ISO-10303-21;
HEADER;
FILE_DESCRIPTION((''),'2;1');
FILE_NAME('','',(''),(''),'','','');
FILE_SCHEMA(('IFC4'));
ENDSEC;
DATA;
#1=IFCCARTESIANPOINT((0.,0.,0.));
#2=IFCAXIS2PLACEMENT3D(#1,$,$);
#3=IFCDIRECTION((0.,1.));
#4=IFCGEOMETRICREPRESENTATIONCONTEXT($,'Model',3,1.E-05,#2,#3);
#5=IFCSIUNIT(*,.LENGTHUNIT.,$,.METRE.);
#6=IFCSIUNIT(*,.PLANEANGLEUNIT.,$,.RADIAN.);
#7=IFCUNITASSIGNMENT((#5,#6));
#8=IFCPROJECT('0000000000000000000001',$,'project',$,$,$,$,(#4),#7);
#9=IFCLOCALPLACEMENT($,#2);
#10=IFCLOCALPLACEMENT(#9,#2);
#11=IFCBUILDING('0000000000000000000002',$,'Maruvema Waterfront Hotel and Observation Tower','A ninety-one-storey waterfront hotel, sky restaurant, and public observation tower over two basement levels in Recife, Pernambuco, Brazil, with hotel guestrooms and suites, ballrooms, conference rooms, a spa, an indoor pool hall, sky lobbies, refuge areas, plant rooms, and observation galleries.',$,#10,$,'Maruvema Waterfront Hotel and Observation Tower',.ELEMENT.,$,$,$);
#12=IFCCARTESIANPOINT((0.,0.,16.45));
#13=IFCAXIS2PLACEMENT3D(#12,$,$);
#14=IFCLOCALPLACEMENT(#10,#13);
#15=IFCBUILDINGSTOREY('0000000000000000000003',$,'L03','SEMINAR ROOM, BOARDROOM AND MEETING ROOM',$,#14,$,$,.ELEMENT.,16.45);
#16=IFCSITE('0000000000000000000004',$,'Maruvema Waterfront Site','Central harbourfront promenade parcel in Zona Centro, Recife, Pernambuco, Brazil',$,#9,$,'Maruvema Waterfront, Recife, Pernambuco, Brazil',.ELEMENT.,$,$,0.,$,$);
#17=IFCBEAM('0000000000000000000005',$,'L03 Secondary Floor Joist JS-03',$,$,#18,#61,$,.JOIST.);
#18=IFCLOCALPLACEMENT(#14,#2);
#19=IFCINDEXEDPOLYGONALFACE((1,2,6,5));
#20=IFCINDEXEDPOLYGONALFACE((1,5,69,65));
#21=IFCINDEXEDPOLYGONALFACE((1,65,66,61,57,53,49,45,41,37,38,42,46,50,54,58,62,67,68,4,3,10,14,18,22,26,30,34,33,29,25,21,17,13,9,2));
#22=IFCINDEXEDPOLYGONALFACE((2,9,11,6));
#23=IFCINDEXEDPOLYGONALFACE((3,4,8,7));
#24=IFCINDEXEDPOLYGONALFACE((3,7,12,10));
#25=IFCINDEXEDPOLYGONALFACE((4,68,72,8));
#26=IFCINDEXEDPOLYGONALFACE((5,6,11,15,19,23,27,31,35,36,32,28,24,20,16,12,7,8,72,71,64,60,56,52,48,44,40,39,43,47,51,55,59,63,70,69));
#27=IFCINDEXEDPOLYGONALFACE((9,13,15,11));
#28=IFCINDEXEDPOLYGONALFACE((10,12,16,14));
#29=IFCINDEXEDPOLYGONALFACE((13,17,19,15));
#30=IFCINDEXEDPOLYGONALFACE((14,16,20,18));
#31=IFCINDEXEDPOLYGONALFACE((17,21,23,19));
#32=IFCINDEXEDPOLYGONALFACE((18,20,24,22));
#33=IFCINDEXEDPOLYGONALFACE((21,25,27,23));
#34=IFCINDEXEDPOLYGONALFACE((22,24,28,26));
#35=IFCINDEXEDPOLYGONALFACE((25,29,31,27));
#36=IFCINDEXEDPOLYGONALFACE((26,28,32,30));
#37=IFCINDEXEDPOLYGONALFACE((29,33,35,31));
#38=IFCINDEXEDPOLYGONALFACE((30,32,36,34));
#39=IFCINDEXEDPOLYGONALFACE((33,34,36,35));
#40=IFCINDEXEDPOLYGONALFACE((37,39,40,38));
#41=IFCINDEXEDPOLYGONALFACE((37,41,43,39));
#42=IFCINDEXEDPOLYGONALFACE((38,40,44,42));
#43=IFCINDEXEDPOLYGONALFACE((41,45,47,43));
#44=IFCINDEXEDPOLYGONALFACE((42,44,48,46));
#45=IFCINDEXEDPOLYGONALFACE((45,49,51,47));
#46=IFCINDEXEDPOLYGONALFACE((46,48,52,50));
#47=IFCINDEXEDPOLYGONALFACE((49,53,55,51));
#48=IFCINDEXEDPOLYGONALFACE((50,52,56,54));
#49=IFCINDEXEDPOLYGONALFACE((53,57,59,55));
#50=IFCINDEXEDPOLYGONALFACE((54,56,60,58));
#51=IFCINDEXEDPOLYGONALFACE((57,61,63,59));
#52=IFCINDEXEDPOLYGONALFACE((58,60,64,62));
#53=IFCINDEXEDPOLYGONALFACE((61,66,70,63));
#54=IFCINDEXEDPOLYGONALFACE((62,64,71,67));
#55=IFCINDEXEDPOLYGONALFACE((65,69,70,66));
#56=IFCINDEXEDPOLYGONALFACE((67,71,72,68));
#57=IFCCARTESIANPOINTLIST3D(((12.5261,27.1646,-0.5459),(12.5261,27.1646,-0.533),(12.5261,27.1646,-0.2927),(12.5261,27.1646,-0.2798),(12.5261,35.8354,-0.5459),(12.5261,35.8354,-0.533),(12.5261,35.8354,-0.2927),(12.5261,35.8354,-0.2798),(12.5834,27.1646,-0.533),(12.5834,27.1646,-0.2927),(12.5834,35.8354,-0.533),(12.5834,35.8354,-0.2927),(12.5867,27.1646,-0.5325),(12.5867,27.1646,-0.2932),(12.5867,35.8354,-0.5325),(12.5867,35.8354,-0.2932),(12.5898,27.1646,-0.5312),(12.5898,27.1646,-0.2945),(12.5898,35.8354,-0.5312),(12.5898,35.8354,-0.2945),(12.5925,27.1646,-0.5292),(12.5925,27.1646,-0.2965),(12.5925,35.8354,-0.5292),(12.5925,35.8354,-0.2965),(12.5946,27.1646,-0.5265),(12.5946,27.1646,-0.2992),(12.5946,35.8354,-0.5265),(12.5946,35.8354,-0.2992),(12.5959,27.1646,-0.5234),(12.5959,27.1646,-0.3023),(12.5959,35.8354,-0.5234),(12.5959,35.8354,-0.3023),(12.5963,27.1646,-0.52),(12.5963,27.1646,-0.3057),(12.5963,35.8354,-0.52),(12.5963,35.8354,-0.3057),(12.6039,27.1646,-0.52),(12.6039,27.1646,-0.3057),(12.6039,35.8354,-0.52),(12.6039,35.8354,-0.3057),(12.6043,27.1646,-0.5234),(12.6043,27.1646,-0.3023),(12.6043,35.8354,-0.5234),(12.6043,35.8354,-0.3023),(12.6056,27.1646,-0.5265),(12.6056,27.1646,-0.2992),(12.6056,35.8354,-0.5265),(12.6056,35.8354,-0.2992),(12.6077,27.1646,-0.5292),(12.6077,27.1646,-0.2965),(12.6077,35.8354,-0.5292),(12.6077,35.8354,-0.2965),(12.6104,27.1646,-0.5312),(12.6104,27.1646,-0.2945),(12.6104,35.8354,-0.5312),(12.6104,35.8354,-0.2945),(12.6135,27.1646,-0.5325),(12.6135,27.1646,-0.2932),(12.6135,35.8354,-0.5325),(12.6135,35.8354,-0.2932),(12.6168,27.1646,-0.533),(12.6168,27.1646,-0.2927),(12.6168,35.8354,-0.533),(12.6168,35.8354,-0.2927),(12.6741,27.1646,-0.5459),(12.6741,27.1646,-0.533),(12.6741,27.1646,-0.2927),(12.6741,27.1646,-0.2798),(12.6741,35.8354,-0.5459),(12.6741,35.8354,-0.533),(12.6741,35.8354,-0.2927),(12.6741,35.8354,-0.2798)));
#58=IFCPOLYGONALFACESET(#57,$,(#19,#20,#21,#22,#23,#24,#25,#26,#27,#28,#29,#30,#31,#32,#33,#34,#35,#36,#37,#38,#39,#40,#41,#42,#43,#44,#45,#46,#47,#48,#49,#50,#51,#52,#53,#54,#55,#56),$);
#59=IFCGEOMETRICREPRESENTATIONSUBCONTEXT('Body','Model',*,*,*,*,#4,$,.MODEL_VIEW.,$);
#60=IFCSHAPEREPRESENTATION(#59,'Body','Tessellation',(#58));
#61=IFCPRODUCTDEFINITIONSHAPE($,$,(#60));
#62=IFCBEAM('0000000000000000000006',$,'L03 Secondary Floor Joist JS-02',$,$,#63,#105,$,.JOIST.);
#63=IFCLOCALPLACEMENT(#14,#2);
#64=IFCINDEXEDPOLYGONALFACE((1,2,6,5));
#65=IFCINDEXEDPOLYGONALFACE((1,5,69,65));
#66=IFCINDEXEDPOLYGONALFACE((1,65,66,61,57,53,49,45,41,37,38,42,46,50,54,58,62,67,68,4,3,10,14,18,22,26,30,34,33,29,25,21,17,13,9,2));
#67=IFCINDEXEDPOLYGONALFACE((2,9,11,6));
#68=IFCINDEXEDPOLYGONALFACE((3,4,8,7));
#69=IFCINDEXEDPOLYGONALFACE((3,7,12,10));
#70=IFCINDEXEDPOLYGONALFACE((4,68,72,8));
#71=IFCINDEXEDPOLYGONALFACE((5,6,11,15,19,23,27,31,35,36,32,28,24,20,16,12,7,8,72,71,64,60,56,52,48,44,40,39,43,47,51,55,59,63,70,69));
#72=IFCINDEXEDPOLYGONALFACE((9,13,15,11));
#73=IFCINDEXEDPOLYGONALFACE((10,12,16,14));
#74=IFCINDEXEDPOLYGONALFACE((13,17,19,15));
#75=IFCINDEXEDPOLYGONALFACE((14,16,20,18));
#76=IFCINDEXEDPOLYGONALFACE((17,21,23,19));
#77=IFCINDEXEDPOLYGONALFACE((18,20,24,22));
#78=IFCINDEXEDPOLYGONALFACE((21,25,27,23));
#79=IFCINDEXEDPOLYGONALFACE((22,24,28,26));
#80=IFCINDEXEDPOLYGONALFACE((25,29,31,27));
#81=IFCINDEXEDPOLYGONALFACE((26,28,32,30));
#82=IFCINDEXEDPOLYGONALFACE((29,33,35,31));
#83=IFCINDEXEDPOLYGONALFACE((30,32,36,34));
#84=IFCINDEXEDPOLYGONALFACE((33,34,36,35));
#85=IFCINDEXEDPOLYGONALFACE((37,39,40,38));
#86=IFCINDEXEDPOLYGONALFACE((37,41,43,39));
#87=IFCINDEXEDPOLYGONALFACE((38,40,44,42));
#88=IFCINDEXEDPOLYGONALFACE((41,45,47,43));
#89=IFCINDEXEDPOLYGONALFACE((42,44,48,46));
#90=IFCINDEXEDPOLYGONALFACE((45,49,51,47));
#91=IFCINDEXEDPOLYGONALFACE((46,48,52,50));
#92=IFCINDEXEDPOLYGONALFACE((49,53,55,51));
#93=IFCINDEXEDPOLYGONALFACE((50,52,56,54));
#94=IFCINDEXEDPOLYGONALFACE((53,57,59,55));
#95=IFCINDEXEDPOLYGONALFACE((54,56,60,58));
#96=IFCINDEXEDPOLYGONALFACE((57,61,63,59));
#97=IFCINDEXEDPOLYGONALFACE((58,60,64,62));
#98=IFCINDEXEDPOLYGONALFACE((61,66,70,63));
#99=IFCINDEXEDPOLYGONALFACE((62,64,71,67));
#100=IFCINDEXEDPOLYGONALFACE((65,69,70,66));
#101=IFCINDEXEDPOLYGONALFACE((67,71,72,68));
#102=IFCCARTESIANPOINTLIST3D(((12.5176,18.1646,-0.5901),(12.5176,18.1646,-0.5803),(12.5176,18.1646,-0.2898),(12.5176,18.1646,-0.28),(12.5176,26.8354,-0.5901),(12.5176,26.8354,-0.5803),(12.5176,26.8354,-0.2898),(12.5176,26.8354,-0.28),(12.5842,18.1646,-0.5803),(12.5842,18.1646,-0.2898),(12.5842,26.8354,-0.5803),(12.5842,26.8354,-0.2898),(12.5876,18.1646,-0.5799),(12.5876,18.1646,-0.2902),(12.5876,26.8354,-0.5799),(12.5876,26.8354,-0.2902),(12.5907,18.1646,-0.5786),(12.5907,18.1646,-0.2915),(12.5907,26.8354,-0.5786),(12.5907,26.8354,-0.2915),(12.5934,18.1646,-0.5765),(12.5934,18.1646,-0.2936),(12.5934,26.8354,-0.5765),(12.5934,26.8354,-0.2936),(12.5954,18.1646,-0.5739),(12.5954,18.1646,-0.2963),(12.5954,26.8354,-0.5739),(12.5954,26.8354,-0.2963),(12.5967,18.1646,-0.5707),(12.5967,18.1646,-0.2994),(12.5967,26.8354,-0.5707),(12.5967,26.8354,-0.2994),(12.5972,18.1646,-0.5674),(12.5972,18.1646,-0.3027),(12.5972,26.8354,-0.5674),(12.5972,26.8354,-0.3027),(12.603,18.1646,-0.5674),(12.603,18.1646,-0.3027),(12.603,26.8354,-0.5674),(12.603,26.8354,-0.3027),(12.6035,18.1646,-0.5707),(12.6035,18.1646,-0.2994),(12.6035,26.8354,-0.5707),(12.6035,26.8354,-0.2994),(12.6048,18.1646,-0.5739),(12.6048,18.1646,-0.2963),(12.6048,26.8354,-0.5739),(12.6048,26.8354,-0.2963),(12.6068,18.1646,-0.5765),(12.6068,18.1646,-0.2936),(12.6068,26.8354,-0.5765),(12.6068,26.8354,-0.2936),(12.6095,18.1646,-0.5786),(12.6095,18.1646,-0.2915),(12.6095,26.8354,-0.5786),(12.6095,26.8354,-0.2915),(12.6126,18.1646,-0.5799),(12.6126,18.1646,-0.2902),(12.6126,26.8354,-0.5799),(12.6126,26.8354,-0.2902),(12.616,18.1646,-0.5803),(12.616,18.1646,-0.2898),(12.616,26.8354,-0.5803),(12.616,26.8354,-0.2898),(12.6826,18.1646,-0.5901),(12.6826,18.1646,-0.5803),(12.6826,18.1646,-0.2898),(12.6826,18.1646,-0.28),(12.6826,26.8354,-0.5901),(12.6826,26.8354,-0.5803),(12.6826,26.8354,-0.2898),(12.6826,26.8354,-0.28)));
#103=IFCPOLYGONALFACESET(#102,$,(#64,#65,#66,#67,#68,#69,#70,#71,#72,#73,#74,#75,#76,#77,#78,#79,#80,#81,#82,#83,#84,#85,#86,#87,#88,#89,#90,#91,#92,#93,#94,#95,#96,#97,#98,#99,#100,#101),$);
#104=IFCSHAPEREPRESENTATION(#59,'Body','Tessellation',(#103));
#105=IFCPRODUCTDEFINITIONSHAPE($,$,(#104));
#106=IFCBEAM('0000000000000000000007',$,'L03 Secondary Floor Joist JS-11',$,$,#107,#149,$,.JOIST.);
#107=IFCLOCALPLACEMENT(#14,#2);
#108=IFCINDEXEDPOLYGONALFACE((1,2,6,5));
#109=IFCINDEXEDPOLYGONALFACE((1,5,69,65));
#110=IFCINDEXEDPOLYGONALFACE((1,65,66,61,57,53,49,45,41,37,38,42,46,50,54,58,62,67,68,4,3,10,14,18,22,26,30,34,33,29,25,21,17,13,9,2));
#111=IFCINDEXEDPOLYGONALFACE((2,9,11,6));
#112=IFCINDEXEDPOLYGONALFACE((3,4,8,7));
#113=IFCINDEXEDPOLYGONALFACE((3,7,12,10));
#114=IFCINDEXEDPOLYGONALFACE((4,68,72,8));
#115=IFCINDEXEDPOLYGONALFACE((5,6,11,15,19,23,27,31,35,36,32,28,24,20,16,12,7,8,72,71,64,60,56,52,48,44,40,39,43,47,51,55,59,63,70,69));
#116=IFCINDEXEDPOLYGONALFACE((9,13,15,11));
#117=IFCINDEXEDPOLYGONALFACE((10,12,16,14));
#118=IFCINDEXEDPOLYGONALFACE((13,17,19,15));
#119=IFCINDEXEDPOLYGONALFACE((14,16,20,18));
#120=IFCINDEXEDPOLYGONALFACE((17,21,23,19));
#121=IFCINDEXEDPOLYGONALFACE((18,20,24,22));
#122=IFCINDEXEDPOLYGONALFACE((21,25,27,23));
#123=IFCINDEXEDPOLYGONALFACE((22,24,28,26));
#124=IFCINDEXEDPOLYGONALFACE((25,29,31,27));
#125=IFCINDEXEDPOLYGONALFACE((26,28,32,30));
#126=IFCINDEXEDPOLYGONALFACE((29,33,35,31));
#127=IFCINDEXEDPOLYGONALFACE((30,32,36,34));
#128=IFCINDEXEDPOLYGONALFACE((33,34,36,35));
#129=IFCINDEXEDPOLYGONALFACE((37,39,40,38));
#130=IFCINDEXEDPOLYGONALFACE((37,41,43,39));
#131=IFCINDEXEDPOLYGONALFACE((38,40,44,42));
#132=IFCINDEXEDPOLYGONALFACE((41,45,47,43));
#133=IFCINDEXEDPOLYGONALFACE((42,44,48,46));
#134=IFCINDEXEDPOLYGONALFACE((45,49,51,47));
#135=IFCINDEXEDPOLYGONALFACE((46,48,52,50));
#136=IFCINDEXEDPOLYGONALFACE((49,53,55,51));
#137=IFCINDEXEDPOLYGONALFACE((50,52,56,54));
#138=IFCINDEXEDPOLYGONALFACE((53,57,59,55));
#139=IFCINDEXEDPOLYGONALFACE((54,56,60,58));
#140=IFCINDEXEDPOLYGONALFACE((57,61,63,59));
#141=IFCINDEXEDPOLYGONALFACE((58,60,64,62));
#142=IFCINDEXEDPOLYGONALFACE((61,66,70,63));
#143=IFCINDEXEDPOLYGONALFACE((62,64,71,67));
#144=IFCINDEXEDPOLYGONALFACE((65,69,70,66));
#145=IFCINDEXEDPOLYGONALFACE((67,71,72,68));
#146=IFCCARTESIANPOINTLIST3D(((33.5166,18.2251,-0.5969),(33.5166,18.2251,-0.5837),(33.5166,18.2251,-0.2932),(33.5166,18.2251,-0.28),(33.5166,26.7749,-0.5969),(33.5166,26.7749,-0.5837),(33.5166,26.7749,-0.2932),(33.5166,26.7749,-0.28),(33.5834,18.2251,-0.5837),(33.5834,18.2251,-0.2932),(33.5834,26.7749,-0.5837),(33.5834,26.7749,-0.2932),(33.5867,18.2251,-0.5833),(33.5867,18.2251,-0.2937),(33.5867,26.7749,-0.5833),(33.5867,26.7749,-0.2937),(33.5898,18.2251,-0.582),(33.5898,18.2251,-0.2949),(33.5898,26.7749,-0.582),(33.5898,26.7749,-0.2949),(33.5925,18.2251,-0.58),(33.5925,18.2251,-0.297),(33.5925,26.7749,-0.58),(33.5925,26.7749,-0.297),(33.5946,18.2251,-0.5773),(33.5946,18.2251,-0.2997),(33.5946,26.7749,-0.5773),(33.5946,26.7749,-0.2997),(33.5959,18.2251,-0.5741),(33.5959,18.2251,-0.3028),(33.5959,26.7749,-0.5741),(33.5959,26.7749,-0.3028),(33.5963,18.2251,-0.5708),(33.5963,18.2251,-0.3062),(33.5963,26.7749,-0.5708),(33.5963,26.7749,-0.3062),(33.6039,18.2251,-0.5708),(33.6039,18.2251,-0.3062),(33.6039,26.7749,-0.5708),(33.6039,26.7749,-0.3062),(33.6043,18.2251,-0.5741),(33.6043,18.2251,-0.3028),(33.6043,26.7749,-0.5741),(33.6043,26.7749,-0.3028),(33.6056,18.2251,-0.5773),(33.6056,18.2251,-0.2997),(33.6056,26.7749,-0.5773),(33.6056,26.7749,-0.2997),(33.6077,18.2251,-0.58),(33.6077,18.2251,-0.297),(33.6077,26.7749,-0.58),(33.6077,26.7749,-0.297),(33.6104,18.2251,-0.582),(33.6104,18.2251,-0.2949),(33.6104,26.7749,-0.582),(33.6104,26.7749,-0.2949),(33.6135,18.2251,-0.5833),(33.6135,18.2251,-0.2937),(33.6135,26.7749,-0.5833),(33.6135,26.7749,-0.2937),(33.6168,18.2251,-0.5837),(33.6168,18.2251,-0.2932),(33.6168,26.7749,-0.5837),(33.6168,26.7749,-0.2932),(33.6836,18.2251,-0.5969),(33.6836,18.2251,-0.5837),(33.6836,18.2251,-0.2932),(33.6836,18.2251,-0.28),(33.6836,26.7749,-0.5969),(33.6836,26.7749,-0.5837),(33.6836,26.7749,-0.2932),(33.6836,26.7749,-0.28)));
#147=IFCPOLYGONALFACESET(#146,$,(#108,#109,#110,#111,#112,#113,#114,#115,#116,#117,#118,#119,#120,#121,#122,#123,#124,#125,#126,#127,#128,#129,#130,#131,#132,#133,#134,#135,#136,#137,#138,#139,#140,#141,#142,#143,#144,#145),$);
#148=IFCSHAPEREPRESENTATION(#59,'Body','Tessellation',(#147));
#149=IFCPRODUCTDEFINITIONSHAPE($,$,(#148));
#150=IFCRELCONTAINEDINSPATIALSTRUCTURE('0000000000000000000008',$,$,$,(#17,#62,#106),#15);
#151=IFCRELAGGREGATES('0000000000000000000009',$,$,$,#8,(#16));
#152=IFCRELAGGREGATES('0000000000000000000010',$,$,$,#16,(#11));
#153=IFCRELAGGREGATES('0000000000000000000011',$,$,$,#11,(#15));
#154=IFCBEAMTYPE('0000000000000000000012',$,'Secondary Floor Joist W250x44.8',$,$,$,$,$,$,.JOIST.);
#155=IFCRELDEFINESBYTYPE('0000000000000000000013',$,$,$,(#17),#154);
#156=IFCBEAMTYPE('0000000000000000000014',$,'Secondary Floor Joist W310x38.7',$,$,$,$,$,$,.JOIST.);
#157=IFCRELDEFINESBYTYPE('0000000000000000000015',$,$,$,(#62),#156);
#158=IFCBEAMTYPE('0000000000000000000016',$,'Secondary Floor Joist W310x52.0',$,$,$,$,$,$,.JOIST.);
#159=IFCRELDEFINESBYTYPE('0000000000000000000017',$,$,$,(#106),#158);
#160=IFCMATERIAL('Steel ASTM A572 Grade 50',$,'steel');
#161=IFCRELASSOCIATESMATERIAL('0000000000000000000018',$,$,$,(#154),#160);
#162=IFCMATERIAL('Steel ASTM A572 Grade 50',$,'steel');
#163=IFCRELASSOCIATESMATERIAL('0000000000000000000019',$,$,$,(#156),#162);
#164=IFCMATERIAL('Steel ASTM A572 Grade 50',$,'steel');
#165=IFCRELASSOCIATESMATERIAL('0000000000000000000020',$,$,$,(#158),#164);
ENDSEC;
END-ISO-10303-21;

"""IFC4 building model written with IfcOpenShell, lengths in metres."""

from ifc_helpers import new_model, si_unit, direction, frame, origin, origin_2d, place, context, subcontext, project, spatial, i_section, extrude, material, material_profile, profile_set, type_object, element, save


model = new_model("IFC4")

# Units and contexts
model_context = context("Model", 3, precision=1e-05, world=origin(), true_north=direction((0.0, 1.0)))
body_context = subcontext(model_context, "Body", "Model", "MODEL_VIEW")
ifc_project = project(units=[si_unit("LENGTHUNIT", "METRE"), si_unit("PLANEANGLEUNIT", "RADIAN")], contexts=[model_context])

# Site, building, storey
site_placement = place(None, origin())
site = spatial("IfcSite", under=ifc_project, at=site_placement, Name="Maruvema Waterfront Site", Description="Central harbourfront promenade parcel in Zona Centro, Recife, Pernambuco, Brazil", LongName="Maruvema Waterfront, Recife, Pernambuco, Brazil", CompositionType="ELEMENT", RefElevation=0.0)
building_placement = place(site_placement, origin())
building = spatial("IfcBuilding", under=site, at=building_placement, Name="Maruvema Waterfront Hotel and Observation Tower", Description="A ninety-one-storey waterfront hotel, sky restaurant, and public observation tower over two basement levels in Recife, Pernambuco, Brazil, with hotel guestrooms and suites, ballrooms, conference rooms, a spa, an indoor pool hall, sky lobbies, refuge areas, plant rooms, and observation galleries.", LongName="Maruvema Waterfront Hotel and Observation Tower", CompositionType="ELEMENT")
storey_placement = place(building_placement, frame((0.0, 0.0, 16.45)))
storey = spatial("IfcBuildingStorey", under=building, at=storey_placement, Name="L03", Description="SEMINAR ROOM, BOARDROOM AND MEETING ROOM", CompositionType="ELEMENT", Elevation=16.45)

# Beams
ifc_material_1 = material(Name="Steel ASTM A572 Grade 50", Category="steel")
ifc_material_profile_1 = material_profile(ifc_material_1, i_section(OverallWidth=0.1479, OverallDepth=0.2661, WebThickness=0.0076, FlangeThickness=0.0129, FilletRadius=0.0129, at=origin_2d()), Name="W250x44.8")
ifc_profile_set_1 = profile_set([ifc_material_profile_1], Name="Steel ASTM A572 Grade 50")
beam_type_1 = type_object("IfcBeamType", Name="Secondary Floor Joist W250x44.8", PredefinedType="JOIST", material=ifc_profile_set_1)
beam_1_placement = place(storey_placement, frame((12.6001, 27.1646, -0.4128), z_axis=(0.0, 1.0, 0.0), x_axis=(-1.0, 0.0, 0.0)))
element("IfcBeam", 1, at=beam_1_placement, inside=storey, type_object=beam_type_1, Name="L03 Secondary Floor Joist JS-03", PredefinedType="JOIST", context=body_context, shape_type="SweptSolid", body=[
    extrude(i_section(OverallWidth=0.1479, OverallDepth=0.2661, WebThickness=0.0076, FlangeThickness=0.0129, FilletRadius=0.0129, at=origin_2d()), origin(), (0.0, 0.0, 1.0), 8.6709),
])
ifc_material_2 = material(Name="Steel ASTM A572 Grade 50", Category="steel")
ifc_material_profile_2 = material_profile(ifc_material_2, i_section(OverallWidth=0.165, OverallDepth=0.3101, WebThickness=0.0059, FlangeThickness=0.0098, FilletRadius=0.0129, at=origin_2d()), Name="W310x38.7")
ifc_profile_set_2 = profile_set([ifc_material_profile_2], Name="Steel ASTM A572 Grade 50")
beam_type_2 = type_object("IfcBeamType", Name="Secondary Floor Joist W310x38.7", PredefinedType="JOIST", material=ifc_profile_set_2)
beam_2_placement = place(storey_placement, frame((12.6001, 18.1646, -0.4351), z_axis=(0.0, 1.0, 0.0), x_axis=(-1.0, 0.0, 0.0)))
element("IfcBeam", 2, at=beam_2_placement, inside=storey, type_object=beam_type_2, Name="L03 Secondary Floor Joist JS-02", PredefinedType="JOIST", context=body_context, shape_type="SweptSolid", body=[
    extrude(i_section(OverallWidth=0.165, OverallDepth=0.3101, WebThickness=0.0059, FlangeThickness=0.0098, FilletRadius=0.0129, at=origin_2d()), origin(), (0.0, 0.0, 1.0), 8.6709),
])
ifc_material_3 = material(Name="Steel ASTM A572 Grade 50", Category="steel")
ifc_material_profile_3 = material_profile(ifc_material_3, i_section(OverallWidth=0.167, OverallDepth=0.3169, WebThickness=0.0076, FlangeThickness=0.0132, FilletRadius=0.0129, at=origin_2d()), Name="W310x52.0")
ifc_profile_set_3 = profile_set([ifc_material_profile_3], Name="Steel ASTM A572 Grade 50")
beam_type_3 = type_object("IfcBeamType", Name="Secondary Floor Joist W310x52.0", PredefinedType="JOIST", material=ifc_profile_set_3)
beam_3_placement = place(storey_placement, frame((33.6001, 18.2251, -0.4385), z_axis=(0.0, 1.0, 0.0), x_axis=(-1.0, 0.0, 0.0)))
element("IfcBeam", 3, at=beam_3_placement, inside=storey, type_object=beam_type_3, Name="L03 Secondary Floor Joist JS-11", PredefinedType="JOIST", context=body_context, shape_type="SweptSolid", body=[
    extrude(i_section(OverallWidth=0.167, OverallDepth=0.3169, WebThickness=0.0076, FlangeThickness=0.0132, FilletRadius=0.0129, at=origin_2d()), origin(), (0.0, 0.0, 1.0), 8.5498),
])

save(model, "model.ifc")
